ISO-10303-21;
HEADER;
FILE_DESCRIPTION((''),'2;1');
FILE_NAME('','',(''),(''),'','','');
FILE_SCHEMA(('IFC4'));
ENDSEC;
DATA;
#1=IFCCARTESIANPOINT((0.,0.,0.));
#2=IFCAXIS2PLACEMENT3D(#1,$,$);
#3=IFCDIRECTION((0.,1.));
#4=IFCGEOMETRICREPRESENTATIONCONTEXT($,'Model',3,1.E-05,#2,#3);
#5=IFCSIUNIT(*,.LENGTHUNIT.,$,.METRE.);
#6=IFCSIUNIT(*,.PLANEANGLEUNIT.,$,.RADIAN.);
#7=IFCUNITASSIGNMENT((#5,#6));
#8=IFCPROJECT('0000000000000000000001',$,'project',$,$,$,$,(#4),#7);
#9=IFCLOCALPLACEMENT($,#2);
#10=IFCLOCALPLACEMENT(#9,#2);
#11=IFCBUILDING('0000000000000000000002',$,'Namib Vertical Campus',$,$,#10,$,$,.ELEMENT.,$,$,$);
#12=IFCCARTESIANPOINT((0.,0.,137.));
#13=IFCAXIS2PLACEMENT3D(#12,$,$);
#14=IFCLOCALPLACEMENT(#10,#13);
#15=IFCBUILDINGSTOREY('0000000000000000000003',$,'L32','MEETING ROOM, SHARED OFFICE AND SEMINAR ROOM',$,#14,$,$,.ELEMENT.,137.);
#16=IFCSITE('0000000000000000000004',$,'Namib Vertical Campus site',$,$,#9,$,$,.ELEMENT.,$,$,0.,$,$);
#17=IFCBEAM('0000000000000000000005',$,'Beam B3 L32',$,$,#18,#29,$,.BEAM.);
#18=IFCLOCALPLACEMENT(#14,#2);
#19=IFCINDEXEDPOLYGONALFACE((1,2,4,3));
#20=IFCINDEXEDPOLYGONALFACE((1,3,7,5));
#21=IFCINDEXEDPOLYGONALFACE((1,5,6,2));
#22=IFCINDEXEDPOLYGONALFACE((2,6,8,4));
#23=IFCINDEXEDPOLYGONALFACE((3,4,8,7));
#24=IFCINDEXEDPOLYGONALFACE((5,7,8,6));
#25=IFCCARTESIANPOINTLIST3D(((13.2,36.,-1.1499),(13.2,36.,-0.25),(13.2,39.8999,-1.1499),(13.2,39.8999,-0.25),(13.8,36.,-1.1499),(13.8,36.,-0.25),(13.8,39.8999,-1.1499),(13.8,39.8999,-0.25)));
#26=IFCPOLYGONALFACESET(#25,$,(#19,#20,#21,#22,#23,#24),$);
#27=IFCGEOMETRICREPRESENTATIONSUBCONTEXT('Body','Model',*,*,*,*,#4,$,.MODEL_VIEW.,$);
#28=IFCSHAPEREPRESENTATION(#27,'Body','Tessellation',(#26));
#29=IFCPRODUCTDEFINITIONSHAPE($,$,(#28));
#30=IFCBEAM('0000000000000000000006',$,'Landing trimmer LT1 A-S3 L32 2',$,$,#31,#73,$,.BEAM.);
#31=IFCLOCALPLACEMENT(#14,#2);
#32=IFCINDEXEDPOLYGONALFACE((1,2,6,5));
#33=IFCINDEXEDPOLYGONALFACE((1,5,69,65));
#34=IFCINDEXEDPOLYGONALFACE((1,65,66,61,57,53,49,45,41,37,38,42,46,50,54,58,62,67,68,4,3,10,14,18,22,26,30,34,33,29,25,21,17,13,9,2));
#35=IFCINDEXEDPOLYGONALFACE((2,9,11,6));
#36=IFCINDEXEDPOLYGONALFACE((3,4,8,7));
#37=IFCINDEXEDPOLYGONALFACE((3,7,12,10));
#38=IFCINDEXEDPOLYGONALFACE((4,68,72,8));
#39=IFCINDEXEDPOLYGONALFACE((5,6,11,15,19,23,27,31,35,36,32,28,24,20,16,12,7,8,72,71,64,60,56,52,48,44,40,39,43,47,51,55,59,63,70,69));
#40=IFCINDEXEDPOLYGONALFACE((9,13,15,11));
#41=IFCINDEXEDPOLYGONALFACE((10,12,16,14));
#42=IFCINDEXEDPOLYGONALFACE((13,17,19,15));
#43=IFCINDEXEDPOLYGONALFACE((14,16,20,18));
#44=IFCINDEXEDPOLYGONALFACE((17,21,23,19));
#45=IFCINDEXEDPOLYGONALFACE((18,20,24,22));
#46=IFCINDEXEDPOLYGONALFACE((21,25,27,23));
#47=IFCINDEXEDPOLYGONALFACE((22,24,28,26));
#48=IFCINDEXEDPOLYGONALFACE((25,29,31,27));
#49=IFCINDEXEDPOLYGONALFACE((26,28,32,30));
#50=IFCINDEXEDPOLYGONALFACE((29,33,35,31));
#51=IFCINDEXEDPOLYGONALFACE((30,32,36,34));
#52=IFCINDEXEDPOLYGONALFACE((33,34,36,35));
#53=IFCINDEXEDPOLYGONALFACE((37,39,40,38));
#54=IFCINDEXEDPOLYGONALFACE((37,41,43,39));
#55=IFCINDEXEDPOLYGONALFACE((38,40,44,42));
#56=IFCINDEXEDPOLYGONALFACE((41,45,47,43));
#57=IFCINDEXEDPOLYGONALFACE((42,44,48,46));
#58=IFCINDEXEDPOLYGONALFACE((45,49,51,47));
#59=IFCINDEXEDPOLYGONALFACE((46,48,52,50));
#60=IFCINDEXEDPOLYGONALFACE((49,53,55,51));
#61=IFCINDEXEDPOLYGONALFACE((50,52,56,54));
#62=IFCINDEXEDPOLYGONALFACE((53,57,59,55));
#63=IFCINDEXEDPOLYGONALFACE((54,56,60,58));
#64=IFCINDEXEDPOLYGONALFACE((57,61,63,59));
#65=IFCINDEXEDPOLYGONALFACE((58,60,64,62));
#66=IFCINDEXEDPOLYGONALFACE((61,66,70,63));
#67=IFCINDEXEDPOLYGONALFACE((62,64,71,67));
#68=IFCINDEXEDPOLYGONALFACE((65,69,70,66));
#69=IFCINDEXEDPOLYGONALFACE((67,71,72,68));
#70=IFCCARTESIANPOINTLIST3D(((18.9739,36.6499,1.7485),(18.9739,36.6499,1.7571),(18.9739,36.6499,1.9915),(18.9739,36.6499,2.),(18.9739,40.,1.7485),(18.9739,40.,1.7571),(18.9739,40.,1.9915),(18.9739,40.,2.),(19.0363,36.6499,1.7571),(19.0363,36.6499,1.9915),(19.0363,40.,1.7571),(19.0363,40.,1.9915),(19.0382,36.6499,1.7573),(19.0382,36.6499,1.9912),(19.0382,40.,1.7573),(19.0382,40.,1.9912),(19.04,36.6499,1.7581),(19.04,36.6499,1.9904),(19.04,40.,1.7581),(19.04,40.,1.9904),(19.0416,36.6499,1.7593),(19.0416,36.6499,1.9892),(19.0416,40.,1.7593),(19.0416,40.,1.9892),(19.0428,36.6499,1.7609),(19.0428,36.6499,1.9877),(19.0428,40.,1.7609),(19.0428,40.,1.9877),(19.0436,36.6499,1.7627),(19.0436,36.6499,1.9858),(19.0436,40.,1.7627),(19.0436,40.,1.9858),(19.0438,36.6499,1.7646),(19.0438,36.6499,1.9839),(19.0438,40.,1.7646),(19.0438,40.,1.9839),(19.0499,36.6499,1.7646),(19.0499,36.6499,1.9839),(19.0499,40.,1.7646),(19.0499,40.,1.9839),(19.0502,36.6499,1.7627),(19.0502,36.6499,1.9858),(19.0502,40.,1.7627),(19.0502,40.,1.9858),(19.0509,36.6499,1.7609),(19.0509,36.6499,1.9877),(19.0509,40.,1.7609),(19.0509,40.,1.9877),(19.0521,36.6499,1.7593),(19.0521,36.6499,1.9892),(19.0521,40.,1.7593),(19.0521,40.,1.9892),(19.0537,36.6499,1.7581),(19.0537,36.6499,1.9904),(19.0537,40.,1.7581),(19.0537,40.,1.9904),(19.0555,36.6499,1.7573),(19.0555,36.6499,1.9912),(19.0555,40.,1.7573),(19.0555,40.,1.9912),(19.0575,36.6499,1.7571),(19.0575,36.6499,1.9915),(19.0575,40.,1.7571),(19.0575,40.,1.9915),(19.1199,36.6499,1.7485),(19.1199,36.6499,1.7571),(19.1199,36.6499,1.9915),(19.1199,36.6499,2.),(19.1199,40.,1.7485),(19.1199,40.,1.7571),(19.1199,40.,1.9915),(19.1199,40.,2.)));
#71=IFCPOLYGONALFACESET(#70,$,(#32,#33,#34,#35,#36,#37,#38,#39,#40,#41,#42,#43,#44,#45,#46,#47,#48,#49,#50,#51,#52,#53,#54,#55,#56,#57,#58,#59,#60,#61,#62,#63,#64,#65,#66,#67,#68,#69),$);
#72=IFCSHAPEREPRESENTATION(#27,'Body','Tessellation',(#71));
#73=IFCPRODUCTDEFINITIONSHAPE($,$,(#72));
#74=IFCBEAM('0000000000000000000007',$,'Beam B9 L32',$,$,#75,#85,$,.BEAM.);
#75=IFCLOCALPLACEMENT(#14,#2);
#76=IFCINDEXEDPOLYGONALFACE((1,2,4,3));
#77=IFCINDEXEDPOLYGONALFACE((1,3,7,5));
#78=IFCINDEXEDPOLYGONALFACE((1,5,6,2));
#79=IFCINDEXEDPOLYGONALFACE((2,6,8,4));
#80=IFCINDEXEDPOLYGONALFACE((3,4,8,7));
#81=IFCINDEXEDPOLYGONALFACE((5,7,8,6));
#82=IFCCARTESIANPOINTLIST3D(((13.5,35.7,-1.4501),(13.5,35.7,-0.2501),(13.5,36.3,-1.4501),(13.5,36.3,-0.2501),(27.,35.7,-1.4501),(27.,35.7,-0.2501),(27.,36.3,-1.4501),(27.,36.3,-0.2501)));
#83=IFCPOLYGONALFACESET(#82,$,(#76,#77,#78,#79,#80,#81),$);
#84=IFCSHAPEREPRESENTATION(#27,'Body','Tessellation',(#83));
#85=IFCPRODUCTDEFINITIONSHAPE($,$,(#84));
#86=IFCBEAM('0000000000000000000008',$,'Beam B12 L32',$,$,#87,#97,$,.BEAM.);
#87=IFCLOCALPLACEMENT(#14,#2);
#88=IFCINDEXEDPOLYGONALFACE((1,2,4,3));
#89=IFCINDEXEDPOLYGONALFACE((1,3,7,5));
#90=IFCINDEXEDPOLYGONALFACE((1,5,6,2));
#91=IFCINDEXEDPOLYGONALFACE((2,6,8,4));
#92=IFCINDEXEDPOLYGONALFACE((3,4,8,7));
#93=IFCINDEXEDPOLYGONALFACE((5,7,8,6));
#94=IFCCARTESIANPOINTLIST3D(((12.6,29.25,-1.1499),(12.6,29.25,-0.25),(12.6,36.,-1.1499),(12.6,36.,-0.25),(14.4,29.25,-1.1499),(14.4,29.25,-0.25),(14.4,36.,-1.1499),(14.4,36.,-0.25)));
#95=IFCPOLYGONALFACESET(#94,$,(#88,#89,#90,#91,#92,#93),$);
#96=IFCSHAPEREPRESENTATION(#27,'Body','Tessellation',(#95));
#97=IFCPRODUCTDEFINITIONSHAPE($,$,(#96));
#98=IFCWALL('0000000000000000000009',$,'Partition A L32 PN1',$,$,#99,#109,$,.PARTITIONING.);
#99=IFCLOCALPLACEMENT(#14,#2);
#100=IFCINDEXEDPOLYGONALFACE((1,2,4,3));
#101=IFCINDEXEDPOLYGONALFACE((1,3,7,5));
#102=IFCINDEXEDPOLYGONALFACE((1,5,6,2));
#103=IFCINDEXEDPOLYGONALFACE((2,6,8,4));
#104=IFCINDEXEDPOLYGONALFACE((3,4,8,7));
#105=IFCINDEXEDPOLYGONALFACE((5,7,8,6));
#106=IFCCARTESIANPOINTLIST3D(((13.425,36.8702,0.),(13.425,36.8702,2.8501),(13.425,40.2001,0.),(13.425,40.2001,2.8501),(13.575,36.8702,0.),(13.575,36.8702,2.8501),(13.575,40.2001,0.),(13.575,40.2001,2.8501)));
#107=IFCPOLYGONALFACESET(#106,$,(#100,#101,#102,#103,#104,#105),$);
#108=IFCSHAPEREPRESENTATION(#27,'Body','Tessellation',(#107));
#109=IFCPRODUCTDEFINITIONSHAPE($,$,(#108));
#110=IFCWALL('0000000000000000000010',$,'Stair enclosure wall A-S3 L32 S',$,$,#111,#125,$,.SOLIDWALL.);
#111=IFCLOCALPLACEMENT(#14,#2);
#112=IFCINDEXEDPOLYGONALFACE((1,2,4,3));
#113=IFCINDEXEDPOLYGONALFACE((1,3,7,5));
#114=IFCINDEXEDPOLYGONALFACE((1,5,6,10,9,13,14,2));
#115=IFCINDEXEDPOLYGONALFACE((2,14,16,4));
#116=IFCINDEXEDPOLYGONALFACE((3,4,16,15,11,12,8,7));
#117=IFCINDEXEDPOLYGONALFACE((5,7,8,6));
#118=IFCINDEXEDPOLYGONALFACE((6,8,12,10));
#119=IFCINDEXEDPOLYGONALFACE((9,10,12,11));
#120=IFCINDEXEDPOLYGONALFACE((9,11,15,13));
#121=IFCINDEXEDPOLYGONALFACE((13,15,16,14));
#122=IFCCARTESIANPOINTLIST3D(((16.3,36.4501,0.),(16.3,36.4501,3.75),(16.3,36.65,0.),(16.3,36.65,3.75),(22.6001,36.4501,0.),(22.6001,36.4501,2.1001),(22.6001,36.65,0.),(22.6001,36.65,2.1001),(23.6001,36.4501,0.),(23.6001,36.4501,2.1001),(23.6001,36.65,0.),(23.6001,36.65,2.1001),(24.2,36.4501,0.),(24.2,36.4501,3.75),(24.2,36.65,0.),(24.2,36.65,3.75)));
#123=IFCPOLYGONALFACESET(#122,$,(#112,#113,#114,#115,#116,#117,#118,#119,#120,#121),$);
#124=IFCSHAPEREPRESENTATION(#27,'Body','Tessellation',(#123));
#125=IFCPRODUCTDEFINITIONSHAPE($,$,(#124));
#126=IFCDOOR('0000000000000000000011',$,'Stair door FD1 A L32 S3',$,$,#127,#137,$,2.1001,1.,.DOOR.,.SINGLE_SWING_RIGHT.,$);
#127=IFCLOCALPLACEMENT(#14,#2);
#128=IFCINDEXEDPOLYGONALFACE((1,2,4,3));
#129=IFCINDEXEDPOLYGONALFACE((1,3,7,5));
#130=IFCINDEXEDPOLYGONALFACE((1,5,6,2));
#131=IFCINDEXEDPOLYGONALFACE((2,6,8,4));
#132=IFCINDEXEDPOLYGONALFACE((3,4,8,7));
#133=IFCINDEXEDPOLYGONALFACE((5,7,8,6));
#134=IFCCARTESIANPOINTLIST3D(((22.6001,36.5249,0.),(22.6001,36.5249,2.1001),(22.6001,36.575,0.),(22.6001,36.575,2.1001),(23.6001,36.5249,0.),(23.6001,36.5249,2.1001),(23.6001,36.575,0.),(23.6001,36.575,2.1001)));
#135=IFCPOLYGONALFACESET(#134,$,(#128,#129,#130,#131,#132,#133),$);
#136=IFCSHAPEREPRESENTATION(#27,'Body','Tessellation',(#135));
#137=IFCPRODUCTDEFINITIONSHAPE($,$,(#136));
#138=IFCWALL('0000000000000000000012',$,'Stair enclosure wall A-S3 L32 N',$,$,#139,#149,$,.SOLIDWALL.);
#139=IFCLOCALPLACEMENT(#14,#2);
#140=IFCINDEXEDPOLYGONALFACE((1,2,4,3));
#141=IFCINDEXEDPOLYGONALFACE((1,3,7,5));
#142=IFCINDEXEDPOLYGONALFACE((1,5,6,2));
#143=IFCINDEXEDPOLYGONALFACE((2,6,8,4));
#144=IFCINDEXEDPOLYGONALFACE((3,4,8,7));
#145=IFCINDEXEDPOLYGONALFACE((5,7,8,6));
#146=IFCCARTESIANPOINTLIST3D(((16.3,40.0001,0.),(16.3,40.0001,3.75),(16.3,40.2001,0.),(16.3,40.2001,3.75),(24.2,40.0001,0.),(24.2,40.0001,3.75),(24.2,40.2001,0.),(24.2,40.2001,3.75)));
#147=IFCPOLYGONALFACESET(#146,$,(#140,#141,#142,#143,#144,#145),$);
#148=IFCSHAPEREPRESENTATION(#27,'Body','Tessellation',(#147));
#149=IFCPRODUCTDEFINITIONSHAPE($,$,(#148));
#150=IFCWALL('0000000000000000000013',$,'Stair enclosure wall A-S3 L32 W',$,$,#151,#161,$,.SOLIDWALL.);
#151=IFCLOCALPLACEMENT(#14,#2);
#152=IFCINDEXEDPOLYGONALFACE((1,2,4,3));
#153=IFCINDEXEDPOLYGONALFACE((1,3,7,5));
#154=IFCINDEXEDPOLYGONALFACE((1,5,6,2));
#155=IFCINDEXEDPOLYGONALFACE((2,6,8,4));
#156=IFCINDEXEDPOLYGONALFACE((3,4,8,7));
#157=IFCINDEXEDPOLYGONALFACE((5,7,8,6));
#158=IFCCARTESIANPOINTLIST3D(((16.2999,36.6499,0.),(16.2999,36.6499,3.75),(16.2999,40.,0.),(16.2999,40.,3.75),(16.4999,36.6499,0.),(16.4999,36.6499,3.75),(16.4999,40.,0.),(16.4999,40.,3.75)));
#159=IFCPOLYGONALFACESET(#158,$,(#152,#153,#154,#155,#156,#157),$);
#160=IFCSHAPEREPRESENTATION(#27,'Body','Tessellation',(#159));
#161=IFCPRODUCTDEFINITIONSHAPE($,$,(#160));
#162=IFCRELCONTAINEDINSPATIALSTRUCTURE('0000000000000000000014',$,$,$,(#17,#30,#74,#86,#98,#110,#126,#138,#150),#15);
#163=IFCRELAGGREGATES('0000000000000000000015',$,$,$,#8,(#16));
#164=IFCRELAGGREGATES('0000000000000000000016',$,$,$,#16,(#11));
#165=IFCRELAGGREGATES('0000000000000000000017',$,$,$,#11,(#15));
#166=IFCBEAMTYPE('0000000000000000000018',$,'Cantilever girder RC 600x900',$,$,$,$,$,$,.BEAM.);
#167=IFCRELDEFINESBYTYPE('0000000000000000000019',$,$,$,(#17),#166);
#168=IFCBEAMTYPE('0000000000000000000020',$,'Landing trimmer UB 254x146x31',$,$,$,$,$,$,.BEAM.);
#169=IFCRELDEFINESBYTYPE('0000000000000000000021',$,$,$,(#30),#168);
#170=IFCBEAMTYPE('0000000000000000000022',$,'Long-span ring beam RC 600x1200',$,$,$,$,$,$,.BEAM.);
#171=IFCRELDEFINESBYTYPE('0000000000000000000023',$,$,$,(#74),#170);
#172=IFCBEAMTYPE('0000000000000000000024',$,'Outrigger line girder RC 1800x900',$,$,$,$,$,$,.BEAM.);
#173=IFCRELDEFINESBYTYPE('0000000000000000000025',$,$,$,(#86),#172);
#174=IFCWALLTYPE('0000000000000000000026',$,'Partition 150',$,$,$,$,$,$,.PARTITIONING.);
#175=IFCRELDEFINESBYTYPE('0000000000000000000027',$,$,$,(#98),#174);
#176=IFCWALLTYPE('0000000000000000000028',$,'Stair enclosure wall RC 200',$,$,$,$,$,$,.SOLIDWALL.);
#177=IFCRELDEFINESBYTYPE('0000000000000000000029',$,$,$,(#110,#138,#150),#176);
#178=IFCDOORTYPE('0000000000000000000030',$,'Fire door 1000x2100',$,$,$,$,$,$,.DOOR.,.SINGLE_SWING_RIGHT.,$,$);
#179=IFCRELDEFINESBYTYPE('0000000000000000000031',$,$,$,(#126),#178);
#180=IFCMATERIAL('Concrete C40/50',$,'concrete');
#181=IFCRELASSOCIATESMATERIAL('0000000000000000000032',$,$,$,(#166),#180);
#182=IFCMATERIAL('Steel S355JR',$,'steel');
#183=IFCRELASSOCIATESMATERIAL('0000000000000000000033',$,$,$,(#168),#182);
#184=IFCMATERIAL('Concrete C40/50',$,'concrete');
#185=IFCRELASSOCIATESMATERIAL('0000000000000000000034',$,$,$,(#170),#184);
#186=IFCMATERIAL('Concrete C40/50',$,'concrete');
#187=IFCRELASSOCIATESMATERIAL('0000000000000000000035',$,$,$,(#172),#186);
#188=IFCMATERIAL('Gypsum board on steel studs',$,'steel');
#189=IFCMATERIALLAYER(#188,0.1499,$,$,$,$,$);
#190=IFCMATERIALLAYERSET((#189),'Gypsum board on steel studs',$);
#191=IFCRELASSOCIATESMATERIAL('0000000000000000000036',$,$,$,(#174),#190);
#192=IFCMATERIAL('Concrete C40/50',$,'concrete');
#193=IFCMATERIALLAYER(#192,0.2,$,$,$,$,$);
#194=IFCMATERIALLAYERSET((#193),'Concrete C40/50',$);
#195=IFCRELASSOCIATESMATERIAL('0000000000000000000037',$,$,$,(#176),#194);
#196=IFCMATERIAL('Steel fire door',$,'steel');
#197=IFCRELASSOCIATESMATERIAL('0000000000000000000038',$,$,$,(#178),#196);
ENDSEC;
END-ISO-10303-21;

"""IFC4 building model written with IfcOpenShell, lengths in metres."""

from ifc_helpers import new_model, si_unit, direction, frame, frame_2d, origin, origin_2d, place, context, subcontext, project, spatial, rectangle, i_section, extrude, material, layer, layer_set, material_profile, profile_set, type_object, element, fill, save


model = new_model("IFC4")

# Units and contexts
model_context = context("Model", 3, precision=1e-05, world=origin(), true_north=direction((0.0, 1.0)))
body_context = subcontext(model_context, "Body", "Model", "MODEL_VIEW")
ifc_project = project(units=[si_unit("LENGTHUNIT", "METRE"), si_unit("PLANEANGLEUNIT", "RADIAN")], contexts=[model_context])

# Site, building, storey
site_placement = place(None, origin())
site = spatial("IfcSite", under=ifc_project, at=site_placement, Name="Namib Vertical Campus site", CompositionType="ELEMENT", RefElevation=0.0)
building_placement = place(site_placement, origin())
building = spatial("IfcBuilding", under=site, at=building_placement, Name="Namib Vertical Campus", CompositionType="ELEMENT")
storey_placement = place(building_placement, frame((0.0, 0.0, 137.0)))
storey = spatial("IfcBuildingStorey", under=building, at=storey_placement, Name="L32", Description="MEETING ROOM, SHARED OFFICE AND SEMINAR ROOM", CompositionType="ELEMENT", Elevation=137.0)

# Beams
ifc_material_1 = material(Name="Concrete C40/50", Category="concrete")
ifc_material_profile_1 = material_profile(ifc_material_1, rectangle(XDim=0.6001, YDim=0.8999, at=origin_2d()))
ifc_profile_set_1 = profile_set([ifc_material_profile_1], Name="Concrete C40/50")
beam_type_1 = type_object("IfcBeamType", Name="Cantilever girder RC 600x900", PredefinedType="BEAM", material=ifc_profile_set_1)
beam_1_placement = place(storey_placement, frame((13.5, 36.0, -0.7), z_axis=(0.0, 1.0, 0.0), x_axis=(-1.0, 0.0, 0.0)))
element("IfcBeam", 1, at=beam_1_placement, inside=storey, type_object=beam_type_1, Name="Beam B3 L32", PredefinedType="BEAM", context=body_context, shape_type="SweptSolid", body=[
    extrude(rectangle(XDim=0.6001, YDim=0.8999, at=origin_2d()), origin(), (0.0, 0.0, 1.0), 3.8999),
])
ifc_material_2 = material(Name="Steel S355JR", Category="steel")
ifc_material_profile_2 = material_profile(ifc_material_2, i_section(OverallWidth=0.146, OverallDepth=0.2515, WebThickness=0.0061, FlangeThickness=0.0085, FilletRadius=0.0076, at=origin_2d()))
ifc_profile_set_2 = profile_set([ifc_material_profile_2], Name="Steel S355JR")
beam_type_2 = type_object("IfcBeamType", Name="Landing trimmer UB 254x146x31", PredefinedType="BEAM", material=ifc_profile_set_2)
beam_2_placement = place(storey_placement, frame((19.0469, 36.6499, 1.8743), z_axis=(0.0, 1.0, 0.0), x_axis=(-1.0, 0.0, 0.0)))
element("IfcBeam", 2, at=beam_2_placement, inside=storey, type_object=beam_type_2, Name="Landing trimmer LT1 A-S3 L32 2", PredefinedType="BEAM", context=body_context, shape_type="SweptSolid", body=[
    extrude(i_section(OverallWidth=0.146, OverallDepth=0.2515, WebThickness=0.0061, FlangeThickness=0.0085, FilletRadius=0.0076, at=origin_2d()), origin(), (0.0, 0.0, 1.0), 3.3501),
])
ifc_material_3 = material(Name="Concrete C40/50", Category="concrete")
ifc_material_profile_3 = material_profile(ifc_material_3, rectangle(XDim=0.6001, YDim=1.2, at=origin_2d()))
ifc_profile_set_3 = profile_set([ifc_material_profile_3], Name="Concrete C40/50")
beam_type_3 = type_object("IfcBeamType", Name="Long-span ring beam RC 600x1200", PredefinedType="BEAM", material=ifc_profile_set_3)
beam_3_placement = place(storey_placement, frame((13.5, 36.0, -0.8501), z_axis=(1.0, 0.0, 0.0), x_axis=(0.0, 1.0, 0.0)))
element("IfcBeam", 3, at=beam_3_placement, inside=storey, type_object=beam_type_3, Name="Beam B9 L32", PredefinedType="BEAM", context=body_context, shape_type="SweptSolid", body=[
    extrude(rectangle(XDim=0.6001, YDim=1.2, at=origin_2d()), origin(), (0.0, 0.0, 1.0), 13.5),
])
ifc_material_4 = material(Name="Concrete C40/50", Category="concrete")
ifc_material_profile_4 = material_profile(ifc_material_4, rectangle(XDim=1.8, YDim=0.8999, at=origin_2d()))
ifc_profile_set_4 = profile_set([ifc_material_profile_4], Name="Concrete C40/50")
beam_type_4 = type_object("IfcBeamType", Name="Outrigger line girder RC 1800x900", PredefinedType="BEAM", material=ifc_profile_set_4)
beam_4_placement = place(storey_placement, frame((13.5, 36.0, -0.7), z_axis=(0.0, -1.0, 0.0), x_axis=(1.0, 0.0, 0.0)))
element("IfcBeam", 4, at=beam_4_placement, inside=storey, type_object=beam_type_4, Name="Beam B12 L32", PredefinedType="BEAM", context=body_context, shape_type="SweptSolid", body=[
    extrude(rectangle(XDim=1.8, YDim=0.8999, at=origin_2d()), origin(), (0.0, 0.0, 1.0), 6.75),
])

# Wall
ifc_material_5 = material(Name="Gypsum board on steel studs", Category="steel")
ifc_layer_1 = layer(ifc_material_5, 0.1499)
ifc_layer_set_1 = layer_set([ifc_layer_1], Name="Gypsum board on steel studs")
wall_type_1 = type_object("IfcWallType", Name="Partition 150", PredefinedType="PARTITIONING", material=ifc_layer_set_1)
wall_1_placement = place(storey_placement, frame((13.5, 36.8701, 0.0), z_axis=(0.0, 0.0, 1.0), x_axis=(0.0, 1.0, 0.0)))
element("IfcWall", 5, at=wall_1_placement, inside=storey, type_object=wall_type_1, Name="Partition A L32 PN1", PredefinedType="PARTITIONING", context=body_context, shape_type="SweptSolid", body=[
    extrude(rectangle(XDim=3.3298, YDim=0.1499, at=frame_2d((1.665, 0.0))), origin(), (0.0, 0.0, 1.0), 2.8501),
])

# Wall, opening, door
ifc_material_6 = material(Name="Concrete C40/50", Category="concrete")
ifc_layer_2 = layer(ifc_material_6, 0.2)
ifc_layer_set_2 = layer_set([ifc_layer_2], Name="Concrete C40/50")
wall_type_2 = type_object("IfcWallType", Name="Stair enclosure wall RC 200", PredefinedType="SOLIDWALL", material=ifc_layer_set_2)
wall_2_placement = place(storey_placement, frame((16.3, 36.55, 0.0), z_axis=(0.0, 0.0, 1.0), x_axis=(1.0, 0.0, 0.0)))
wall_2 = element("IfcWall", 6, at=wall_2_placement, inside=storey, type_object=wall_type_2, Name="Stair enclosure wall A-S3 L32 S", PredefinedType="SOLIDWALL", context=body_context, shape_type="SweptSolid", body=[
    extrude(rectangle(XDim=7.8999, YDim=0.2, at=frame_2d((3.95, 0.0))), origin(), (0.0, 0.0, 1.0), 3.75),
])
opening_placement = place(wall_2_placement, frame((6.3, 0.0, 0.0)))
opening = element("IfcOpeningElement", 7, at=opening_placement, cuts=wall_2, PredefinedType="OPENING", context=body_context, shape_type="SweptSolid", body=[
    extrude(rectangle(XDim=1.0, YDim=2.1001, at=frame_2d((0.5, 1.05))), frame((0.0, 0.1099, 0.0), z_axis=(0.0, -1.0, 0.0), x_axis=(1.0, 0.0, 0.0)), (0.0, 0.0, 1.0), 0.22),
])
ifc_material_7 = material(Name="Steel fire door", Category="steel")
door_type = type_object("IfcDoorType", Name="Fire door 1000x2100", OperationType="SINGLE_SWING_RIGHT", PredefinedType="DOOR", material=ifc_material_7)
door_placement = place(opening_placement, origin())
door = element("IfcDoor", 8, at=door_placement, inside=storey, type_object=door_type, Name="Stair door FD1 A L32 S3", OperationType="SINGLE_SWING_RIGHT", OverallHeight=2.1001, OverallWidth=1.0, PredefinedType="DOOR", context=body_context, shape_type="SweptSolid", body=[
    extrude(rectangle(XDim=1.0, YDim=2.1001, at=frame_2d((0.5, 1.05))), frame((0.0, 0.0249, 0.0), z_axis=(0.0, -1.0, 0.0), x_axis=(1.0, 0.0, 0.0)), (0.0, 0.0, 1.0), 0.05),
])
fill(opening, door)

# Walls
wall_3_placement = place(storey_placement, frame((16.3, 40.1001, 0.0), z_axis=(0.0, 0.0, 1.0), x_axis=(1.0, 0.0, 0.0)))
element("IfcWall", 9, at=wall_3_placement, inside=storey, type_object=wall_type_2, Name="Stair enclosure wall A-S3 L32 N", PredefinedType="SOLIDWALL", context=body_context, shape_type="SweptSolid", body=[
    extrude(rectangle(XDim=7.8999, YDim=0.2, at=frame_2d((3.95, 0.0))), origin(), (0.0, 0.0, 1.0), 3.75),
])
wall_4_placement = place(storey_placement, frame((16.3999, 36.6499, 0.0), z_axis=(0.0, 0.0, 1.0), x_axis=(0.0, 1.0, 0.0)))
element("IfcWall", 10, at=wall_4_placement, inside=storey, type_object=wall_type_2, Name="Stair enclosure wall A-S3 L32 W", PredefinedType="SOLIDWALL", context=body_context, shape_type="SweptSolid", body=[
    extrude(rectangle(XDim=3.3501, YDim=0.2, at=frame_2d((1.675, 0.0))), origin(), (0.0, 0.0, 1.0), 3.75),
])

save(model, "model.ifc")
